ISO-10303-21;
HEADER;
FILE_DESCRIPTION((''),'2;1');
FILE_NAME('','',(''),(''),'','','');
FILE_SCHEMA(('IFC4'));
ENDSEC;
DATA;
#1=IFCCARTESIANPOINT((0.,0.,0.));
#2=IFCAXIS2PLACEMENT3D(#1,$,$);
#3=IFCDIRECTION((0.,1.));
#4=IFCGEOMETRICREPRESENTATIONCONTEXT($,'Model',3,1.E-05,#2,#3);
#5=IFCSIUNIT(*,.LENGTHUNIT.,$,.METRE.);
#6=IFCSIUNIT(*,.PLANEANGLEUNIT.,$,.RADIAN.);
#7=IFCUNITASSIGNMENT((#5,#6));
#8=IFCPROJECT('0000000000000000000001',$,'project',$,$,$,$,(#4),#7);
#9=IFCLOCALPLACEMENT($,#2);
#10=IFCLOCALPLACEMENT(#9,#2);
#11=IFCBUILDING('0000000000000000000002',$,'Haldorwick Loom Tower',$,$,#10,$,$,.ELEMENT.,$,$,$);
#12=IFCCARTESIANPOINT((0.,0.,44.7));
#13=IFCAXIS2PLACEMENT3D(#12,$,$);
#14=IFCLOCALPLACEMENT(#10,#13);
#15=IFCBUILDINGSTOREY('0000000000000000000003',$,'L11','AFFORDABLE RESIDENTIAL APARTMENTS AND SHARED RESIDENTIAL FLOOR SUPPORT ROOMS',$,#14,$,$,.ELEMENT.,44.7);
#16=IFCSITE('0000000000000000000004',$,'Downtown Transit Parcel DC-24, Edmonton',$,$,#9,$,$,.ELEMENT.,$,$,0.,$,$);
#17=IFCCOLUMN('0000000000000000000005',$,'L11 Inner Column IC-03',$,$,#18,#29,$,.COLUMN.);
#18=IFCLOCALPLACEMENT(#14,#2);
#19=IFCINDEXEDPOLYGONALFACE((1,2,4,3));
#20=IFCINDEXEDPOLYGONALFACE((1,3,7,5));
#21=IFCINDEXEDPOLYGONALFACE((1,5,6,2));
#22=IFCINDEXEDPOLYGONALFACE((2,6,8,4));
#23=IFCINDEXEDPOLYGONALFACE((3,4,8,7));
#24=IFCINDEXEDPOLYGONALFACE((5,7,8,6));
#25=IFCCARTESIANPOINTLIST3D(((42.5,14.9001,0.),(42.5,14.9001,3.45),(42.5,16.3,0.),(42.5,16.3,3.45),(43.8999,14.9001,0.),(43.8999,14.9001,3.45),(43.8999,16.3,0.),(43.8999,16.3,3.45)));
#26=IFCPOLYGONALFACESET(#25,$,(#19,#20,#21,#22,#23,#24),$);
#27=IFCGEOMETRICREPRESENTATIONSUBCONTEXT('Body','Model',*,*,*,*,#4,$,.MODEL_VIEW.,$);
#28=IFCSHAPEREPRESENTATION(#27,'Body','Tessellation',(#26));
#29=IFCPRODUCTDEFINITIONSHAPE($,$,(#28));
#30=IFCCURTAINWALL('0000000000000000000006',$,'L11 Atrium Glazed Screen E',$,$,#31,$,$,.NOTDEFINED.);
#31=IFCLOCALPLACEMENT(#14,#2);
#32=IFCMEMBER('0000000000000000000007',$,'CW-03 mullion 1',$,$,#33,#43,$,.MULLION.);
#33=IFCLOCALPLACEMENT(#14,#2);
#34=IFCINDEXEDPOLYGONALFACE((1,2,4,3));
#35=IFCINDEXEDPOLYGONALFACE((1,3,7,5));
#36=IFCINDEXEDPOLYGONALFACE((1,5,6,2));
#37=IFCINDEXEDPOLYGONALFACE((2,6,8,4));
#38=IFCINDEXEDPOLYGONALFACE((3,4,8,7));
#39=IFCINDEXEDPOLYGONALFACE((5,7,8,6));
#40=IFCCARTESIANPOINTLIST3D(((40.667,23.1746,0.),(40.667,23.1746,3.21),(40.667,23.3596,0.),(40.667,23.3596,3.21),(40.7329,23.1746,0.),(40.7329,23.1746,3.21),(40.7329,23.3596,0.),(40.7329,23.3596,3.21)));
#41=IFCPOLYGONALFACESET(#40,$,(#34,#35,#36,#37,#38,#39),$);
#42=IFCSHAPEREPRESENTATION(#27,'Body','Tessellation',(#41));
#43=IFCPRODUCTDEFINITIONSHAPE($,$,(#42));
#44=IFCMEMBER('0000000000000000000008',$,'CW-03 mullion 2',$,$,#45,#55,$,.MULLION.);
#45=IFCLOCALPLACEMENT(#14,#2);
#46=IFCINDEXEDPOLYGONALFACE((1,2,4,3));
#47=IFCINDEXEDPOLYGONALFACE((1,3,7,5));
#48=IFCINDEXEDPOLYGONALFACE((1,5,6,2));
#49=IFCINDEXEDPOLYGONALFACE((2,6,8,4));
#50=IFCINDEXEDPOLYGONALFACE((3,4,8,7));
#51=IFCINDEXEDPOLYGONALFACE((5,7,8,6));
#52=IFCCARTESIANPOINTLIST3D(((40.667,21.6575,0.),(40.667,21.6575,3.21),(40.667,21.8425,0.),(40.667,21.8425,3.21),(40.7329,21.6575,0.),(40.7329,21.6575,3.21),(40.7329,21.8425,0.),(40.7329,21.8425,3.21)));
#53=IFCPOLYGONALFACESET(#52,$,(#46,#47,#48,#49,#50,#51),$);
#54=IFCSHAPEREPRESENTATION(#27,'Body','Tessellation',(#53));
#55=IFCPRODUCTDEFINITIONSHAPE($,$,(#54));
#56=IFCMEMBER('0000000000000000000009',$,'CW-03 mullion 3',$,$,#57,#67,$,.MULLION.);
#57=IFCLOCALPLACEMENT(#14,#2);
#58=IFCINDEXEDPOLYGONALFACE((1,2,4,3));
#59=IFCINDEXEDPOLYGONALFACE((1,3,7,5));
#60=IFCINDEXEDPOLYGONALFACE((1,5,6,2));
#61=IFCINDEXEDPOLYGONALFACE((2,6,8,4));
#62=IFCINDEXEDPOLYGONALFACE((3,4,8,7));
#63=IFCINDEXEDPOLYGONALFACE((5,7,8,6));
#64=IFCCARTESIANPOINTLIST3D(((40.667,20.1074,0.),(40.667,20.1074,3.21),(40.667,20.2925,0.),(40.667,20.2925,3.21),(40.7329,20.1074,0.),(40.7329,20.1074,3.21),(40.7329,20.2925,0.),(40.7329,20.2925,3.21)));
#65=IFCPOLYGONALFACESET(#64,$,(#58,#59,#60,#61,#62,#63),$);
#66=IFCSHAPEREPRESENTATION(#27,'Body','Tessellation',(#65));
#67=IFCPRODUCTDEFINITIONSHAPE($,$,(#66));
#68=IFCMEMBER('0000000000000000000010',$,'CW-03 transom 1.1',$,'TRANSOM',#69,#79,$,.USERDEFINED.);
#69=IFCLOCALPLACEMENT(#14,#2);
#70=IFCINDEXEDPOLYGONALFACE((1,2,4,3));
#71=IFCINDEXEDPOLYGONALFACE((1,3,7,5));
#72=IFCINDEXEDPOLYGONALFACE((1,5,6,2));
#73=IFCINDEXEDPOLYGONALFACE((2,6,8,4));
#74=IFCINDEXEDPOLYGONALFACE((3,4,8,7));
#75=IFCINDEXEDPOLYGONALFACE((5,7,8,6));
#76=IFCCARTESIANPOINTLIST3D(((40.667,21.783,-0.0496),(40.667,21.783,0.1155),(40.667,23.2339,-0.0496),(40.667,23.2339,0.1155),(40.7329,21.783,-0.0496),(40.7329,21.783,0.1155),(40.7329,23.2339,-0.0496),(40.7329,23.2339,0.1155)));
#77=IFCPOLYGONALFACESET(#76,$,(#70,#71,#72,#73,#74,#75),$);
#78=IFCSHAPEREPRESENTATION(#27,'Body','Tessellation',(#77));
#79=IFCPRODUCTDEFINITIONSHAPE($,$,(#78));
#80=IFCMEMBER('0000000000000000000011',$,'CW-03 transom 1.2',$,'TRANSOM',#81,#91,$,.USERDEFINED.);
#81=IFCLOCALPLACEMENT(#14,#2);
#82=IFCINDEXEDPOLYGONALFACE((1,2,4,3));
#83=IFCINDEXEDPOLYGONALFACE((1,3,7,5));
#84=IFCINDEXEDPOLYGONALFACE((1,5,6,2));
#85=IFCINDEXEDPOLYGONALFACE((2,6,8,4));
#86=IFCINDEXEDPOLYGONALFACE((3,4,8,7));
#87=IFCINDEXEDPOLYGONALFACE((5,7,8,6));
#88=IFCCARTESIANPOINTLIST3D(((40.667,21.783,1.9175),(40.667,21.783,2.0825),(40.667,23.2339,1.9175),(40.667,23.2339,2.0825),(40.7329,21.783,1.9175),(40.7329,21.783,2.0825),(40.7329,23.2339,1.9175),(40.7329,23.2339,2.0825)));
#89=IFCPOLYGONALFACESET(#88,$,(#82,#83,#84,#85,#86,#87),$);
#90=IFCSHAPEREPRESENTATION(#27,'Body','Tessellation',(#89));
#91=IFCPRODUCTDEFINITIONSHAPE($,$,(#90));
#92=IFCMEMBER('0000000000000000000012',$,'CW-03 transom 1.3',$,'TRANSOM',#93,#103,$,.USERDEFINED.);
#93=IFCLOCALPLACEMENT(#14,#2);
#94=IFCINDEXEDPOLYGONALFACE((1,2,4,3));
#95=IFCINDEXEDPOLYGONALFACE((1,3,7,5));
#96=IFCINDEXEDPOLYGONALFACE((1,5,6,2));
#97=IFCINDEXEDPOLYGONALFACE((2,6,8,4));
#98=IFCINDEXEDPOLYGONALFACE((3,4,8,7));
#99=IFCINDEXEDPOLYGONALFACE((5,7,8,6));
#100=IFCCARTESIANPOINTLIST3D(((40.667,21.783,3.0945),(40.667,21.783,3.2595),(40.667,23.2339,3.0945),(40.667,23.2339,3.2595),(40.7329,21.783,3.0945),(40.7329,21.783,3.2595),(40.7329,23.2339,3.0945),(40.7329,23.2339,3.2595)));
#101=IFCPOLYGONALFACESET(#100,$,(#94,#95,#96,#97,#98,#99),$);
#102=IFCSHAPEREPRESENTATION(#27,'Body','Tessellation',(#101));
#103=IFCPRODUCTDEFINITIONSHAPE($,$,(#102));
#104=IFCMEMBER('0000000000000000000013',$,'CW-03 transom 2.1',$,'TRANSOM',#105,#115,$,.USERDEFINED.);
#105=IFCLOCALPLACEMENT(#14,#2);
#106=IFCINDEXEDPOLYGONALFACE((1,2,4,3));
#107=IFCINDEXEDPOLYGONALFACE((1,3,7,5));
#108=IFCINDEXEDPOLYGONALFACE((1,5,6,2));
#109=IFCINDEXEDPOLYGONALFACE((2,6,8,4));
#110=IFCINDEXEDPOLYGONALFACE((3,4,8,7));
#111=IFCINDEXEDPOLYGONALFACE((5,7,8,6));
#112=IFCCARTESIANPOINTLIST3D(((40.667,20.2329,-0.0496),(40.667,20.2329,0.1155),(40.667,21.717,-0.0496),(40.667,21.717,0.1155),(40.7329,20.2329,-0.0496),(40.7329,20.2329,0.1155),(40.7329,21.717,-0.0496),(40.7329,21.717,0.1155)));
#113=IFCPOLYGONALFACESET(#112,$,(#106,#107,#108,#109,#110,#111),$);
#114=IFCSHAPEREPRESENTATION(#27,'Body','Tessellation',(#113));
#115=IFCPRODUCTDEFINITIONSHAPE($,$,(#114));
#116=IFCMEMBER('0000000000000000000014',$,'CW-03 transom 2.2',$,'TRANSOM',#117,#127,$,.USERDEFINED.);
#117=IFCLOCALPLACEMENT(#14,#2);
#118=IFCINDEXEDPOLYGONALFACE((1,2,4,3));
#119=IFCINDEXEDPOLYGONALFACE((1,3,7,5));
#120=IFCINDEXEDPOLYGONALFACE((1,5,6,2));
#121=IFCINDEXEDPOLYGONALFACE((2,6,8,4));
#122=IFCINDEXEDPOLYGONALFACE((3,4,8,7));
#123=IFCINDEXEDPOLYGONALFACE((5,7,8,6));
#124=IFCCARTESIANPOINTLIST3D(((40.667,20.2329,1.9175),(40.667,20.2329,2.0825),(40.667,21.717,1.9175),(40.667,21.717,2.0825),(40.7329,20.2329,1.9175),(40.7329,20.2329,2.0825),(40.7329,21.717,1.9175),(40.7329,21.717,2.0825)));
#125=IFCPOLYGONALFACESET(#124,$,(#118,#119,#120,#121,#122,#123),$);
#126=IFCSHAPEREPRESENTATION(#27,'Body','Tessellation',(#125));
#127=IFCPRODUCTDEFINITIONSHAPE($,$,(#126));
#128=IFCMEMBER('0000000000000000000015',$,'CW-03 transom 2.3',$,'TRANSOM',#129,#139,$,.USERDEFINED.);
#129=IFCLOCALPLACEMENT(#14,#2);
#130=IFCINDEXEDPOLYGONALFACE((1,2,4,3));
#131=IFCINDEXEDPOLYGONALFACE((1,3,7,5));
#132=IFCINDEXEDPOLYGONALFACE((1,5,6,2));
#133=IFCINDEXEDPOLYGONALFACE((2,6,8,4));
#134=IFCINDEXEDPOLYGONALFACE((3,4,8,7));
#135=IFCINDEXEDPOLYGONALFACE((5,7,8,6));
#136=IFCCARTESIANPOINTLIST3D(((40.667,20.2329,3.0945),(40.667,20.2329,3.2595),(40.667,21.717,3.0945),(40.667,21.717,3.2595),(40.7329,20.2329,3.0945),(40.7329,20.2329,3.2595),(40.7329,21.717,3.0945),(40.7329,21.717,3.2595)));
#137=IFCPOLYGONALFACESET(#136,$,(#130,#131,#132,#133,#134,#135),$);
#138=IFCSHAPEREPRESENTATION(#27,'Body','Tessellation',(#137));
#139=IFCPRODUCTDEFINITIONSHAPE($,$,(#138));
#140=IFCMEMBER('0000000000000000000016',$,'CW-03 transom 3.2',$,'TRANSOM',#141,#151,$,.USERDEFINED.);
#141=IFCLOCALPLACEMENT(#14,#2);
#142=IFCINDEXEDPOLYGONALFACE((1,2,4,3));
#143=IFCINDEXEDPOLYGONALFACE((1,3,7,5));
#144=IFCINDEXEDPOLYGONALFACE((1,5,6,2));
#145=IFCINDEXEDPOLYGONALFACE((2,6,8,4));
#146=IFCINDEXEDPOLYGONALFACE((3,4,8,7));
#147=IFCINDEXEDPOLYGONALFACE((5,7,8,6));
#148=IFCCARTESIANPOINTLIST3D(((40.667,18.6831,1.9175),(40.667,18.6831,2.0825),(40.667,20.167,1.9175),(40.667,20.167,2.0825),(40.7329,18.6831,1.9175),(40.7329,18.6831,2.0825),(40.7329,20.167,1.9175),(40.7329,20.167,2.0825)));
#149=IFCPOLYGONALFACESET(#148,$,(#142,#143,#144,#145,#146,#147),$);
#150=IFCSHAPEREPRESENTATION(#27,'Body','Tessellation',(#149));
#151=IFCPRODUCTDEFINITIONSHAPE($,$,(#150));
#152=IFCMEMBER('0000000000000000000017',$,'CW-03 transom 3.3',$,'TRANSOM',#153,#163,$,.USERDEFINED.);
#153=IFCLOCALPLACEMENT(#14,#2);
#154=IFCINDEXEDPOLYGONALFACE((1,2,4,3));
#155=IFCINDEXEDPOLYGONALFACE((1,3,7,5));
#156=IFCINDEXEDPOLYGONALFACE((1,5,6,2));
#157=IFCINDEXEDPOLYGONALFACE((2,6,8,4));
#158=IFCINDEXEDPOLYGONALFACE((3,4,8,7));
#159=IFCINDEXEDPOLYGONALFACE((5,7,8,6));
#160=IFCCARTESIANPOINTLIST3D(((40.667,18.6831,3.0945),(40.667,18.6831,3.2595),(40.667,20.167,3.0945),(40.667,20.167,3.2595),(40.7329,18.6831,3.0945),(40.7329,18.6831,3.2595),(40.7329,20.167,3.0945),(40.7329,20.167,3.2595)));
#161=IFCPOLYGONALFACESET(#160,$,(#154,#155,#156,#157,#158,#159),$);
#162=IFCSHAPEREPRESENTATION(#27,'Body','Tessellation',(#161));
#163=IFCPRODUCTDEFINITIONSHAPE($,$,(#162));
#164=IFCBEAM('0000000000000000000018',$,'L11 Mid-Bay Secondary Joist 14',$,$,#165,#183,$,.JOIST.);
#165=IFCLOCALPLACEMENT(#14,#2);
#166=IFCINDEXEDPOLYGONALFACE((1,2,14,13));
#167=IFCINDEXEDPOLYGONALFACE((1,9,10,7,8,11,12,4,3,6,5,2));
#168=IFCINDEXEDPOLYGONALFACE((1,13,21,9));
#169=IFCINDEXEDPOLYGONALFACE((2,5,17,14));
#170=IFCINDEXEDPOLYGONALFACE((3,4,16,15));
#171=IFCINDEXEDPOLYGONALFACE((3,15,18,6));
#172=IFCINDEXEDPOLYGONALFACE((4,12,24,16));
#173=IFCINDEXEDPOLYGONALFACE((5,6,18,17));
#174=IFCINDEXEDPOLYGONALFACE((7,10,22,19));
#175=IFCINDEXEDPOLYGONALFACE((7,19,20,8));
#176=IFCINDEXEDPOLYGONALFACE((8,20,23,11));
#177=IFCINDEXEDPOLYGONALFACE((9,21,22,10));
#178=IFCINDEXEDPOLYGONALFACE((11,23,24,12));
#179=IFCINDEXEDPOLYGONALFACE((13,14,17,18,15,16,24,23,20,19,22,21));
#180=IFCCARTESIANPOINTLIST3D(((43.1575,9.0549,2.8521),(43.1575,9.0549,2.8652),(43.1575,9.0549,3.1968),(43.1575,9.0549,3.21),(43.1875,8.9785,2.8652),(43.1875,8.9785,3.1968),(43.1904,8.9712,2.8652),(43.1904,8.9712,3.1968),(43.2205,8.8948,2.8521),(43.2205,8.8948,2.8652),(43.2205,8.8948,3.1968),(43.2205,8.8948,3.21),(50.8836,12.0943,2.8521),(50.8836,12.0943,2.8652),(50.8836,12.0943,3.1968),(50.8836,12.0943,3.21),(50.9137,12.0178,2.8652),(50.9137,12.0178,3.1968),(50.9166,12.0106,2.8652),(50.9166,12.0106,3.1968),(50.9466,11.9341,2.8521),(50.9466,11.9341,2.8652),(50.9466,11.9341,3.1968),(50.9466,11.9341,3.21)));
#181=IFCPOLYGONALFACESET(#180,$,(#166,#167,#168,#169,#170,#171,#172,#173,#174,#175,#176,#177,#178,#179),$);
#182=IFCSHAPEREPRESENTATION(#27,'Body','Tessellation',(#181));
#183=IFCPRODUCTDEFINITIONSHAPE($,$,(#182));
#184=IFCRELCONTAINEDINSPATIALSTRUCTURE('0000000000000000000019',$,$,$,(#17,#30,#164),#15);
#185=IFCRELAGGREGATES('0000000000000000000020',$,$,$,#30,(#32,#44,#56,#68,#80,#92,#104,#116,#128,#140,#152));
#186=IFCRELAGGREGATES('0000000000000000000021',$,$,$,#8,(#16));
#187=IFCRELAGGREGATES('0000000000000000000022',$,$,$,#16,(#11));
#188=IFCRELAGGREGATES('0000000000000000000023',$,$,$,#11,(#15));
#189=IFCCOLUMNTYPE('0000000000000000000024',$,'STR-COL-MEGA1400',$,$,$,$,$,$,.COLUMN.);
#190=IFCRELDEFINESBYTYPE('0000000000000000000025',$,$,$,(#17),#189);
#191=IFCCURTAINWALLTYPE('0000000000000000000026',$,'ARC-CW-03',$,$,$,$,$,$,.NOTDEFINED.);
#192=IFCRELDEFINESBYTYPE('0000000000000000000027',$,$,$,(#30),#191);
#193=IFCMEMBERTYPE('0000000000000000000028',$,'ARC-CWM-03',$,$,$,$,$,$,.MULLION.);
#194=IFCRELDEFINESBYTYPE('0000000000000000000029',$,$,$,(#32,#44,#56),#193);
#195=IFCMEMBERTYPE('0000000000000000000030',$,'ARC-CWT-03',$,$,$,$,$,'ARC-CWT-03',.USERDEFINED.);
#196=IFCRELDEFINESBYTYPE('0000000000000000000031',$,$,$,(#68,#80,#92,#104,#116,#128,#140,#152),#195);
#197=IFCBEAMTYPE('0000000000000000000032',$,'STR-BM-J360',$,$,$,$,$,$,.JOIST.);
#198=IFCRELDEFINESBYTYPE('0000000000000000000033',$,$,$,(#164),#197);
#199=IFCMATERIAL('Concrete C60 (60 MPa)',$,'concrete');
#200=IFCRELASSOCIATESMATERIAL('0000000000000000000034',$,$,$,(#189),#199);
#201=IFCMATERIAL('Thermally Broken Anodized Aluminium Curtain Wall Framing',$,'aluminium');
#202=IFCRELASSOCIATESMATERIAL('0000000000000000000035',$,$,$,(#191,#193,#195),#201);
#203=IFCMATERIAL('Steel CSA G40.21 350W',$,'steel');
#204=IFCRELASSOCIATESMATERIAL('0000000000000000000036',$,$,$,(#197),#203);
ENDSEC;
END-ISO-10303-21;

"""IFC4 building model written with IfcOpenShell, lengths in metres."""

from ifc_helpers import new_model, si_unit, direction, frame, origin, origin_2d, place, context, subcontext, project, spatial, rectangle, i_section, extrude, material, material_profile, profile_set, type_object, element, aggregate, save


model = new_model("IFC4")

# Units and contexts
model_context = context("Model", 3, precision=1e-05, world=origin(), true_north=direction((0.0, 1.0)))
body_context = subcontext(model_context, "Body", "Model", "MODEL_VIEW")
ifc_project = project(units=[si_unit("LENGTHUNIT", "METRE"), si_unit("PLANEANGLEUNIT", "RADIAN")], contexts=[model_context])

# Site, building, storey
site_placement = place(None, origin())
site = spatial("IfcSite", under=ifc_project, at=site_placement, Name="Downtown Transit Parcel DC-24, Edmonton", CompositionType="ELEMENT", RefElevation=0.0)
building_placement = place(site_placement, origin())
building = spatial("IfcBuilding", under=site, at=building_placement, Name="Haldorwick Loom Tower", CompositionType="ELEMENT")
storey_placement = place(building_placement, frame((0.0, 0.0, 44.7)))
storey = spatial("IfcBuildingStorey", under=building, at=storey_placement, Name="L11", Description="AFFORDABLE RESIDENTIAL APARTMENTS AND SHARED RESIDENTIAL FLOOR SUPPORT ROOMS", CompositionType="ELEMENT", Elevation=44.7)

# Column
ifc_material_1 = material(Name="Concrete C60 (60 MPa)", Category="concrete")
ifc_material_profile_1 = material_profile(ifc_material_1, rectangle(XDim=1.3999, YDim=1.3999, at=origin_2d()), Name="RC1400X1400", Category="concrete")
ifc_profile_set_1 = profile_set([ifc_material_profile_1], Name="Concrete C60 (60 MPa)")
column_type = type_object("IfcColumnType", Name="STR-COL-MEGA1400", PredefinedType="COLUMN", material=ifc_profile_set_1)
column_placement = place(storey_placement, frame((43.2, 15.6001, 0.0), z_axis=(0.0, 0.0, 1.0), x_axis=(1.0, 0.0, 0.0)))
element("IfcColumn", 1, at=column_placement, inside=storey, type_object=column_type, Name="L11 Inner Column IC-03", PredefinedType="COLUMN", context=body_context, shape_type="SweptSolid", body=[
    extrude(rectangle(XDim=1.3999, YDim=1.3999, at=origin_2d()), origin(), (0.0, 0.0, 1.0), 3.45),
])

# Curtain wall, members
ifc_material_2 = material(Name="Thermally Broken Anodized Aluminium Curtain Wall Framing", Category="aluminium")
curtain_wall_type = type_object("IfcCurtainWallType", Name="ARC-CW-03", PredefinedType="NOTDEFINED", material=ifc_material_2)
curtain_wall_placement = place(storey_placement, origin())
curtain_wall = element("IfcCurtainWall", 2, at=curtain_wall_placement, inside=storey, type_object=curtain_wall_type, Name="L11 Atrium Glazed Screen E", PredefinedType="NOTDEFINED")
ifc_material_profile_2 = material_profile(ifc_material_2, rectangle(XDim=0.0659, YDim=0.1851, at=origin_2d()), Name="ALU_MUL_66X185", Category="aluminium")
ifc_profile_set_2 = profile_set([ifc_material_profile_2], Name="Thermally Broken Anodized Aluminium Curtain Wall Framing")
member_type_1 = type_object("IfcMemberType", Name="ARC-CWM-03", PredefinedType="MULLION", material=ifc_profile_set_2)
member_1_placement = place(storey_placement, frame((40.7, 23.2671, 0.0), z_axis=(0.0, 0.0, 1.0), x_axis=(1.0, 0.0, 0.0)))
member_1 = element("IfcMember", 3, at=member_1_placement, type_object=member_type_1, Name="CW-03 mullion 1", PredefinedType="MULLION", context=body_context, shape_type="SweptSolid", body=[
    extrude(rectangle(XDim=0.0659, YDim=0.1851, at=origin_2d()), origin(), (0.0, 0.0, 1.0), 3.21),
])
member_2_placement = place(storey_placement, frame((40.7, 21.75, 0.0), z_axis=(0.0, 0.0, 1.0), x_axis=(1.0, 0.0, 0.0)))
member_2 = element("IfcMember", 4, at=member_2_placement, type_object=member_type_1, Name="CW-03 mullion 2", PredefinedType="MULLION", context=body_context, shape_type="SweptSolid", body=[
    extrude(rectangle(XDim=0.0659, YDim=0.1851, at=origin_2d()), origin(), (0.0, 0.0, 1.0), 3.21),
])
member_3_placement = place(storey_placement, frame((40.7, 20.2, 0.0), z_axis=(0.0, 0.0, 1.0), x_axis=(1.0, 0.0, 0.0)))
member_3 = element("IfcMember", 5, at=member_3_placement, type_object=member_type_1, Name="CW-03 mullion 3", PredefinedType="MULLION", context=body_context, shape_type="SweptSolid", body=[
    extrude(rectangle(XDim=0.0659, YDim=0.1851, at=origin_2d()), origin(), (0.0, 0.0, 1.0), 3.21),
])
ifc_material_profile_3 = material_profile(ifc_material_2, rectangle(XDim=0.0659, YDim=0.165, at=origin_2d()), Name="ALU_TRN_66X165", Category="aluminium")
ifc_profile_set_3 = profile_set([ifc_material_profile_3], Name="Thermally Broken Anodized Aluminium Curtain Wall Framing")
member_type_2 = type_object("IfcMemberType", Name="ARC-CWT-03", ElementType="ARC-CWT-03", PredefinedType="USERDEFINED", material=ifc_profile_set_3)
member_4_placement = place(storey_placement, frame((40.7, 23.2339, 0.033), z_axis=(0.0, -1.0, 0.0), x_axis=(1.0, 0.0, 0.0)))
member_4 = element("IfcMember", 6, at=member_4_placement, type_object=member_type_2, Name="CW-03 transom 1.1", ObjectType="TRANSOM", PredefinedType="USERDEFINED", context=body_context, shape_type="SweptSolid", body=[
    extrude(rectangle(XDim=0.0659, YDim=0.165, at=origin_2d()), origin(), (0.0, 0.0, 1.0), 1.4509),
])
member_5_placement = place(storey_placement, frame((40.7, 23.2339, 2.0), z_axis=(0.0, -1.0, 0.0), x_axis=(1.0, 0.0, 0.0)))
member_5 = element("IfcMember", 7, at=member_5_placement, type_object=member_type_2, Name="CW-03 transom 1.2", ObjectType="TRANSOM", PredefinedType="USERDEFINED", context=body_context, shape_type="SweptSolid", body=[
    extrude(rectangle(XDim=0.0659, YDim=0.165, at=origin_2d()), origin(), (0.0, 0.0, 1.0), 1.4509),
])
member_6_placement = place(storey_placement, frame((40.7, 23.2339, 3.177), z_axis=(0.0, -1.0, 0.0), x_axis=(1.0, 0.0, 0.0)))
member_6 = element("IfcMember", 8, at=member_6_placement, type_object=member_type_2, Name="CW-03 transom 1.3", ObjectType="TRANSOM", PredefinedType="USERDEFINED", context=body_context, shape_type="SweptSolid", body=[
    extrude(rectangle(XDim=0.0659, YDim=0.165, at=origin_2d()), origin(), (0.0, 0.0, 1.0), 1.4509),
])
member_7_placement = place(storey_placement, frame((40.7, 21.717, 0.033), z_axis=(0.0, -1.0, 0.0), x_axis=(1.0, 0.0, 0.0)))
member_7 = element("IfcMember", 9, at=member_7_placement, type_object=member_type_2, Name="CW-03 transom 2.1", ObjectType="TRANSOM", PredefinedType="USERDEFINED", context=body_context, shape_type="SweptSolid", body=[
    extrude(rectangle(XDim=0.0659, YDim=0.165, at=origin_2d()), origin(), (0.0, 0.0, 1.0), 1.4841),
])
member_8_placement = place(storey_placement, frame((40.7, 21.717, 2.0), z_axis=(0.0, -1.0, 0.0), x_axis=(1.0, 0.0, 0.0)))
member_8 = element("IfcMember", 10, at=member_8_placement, type_object=member_type_2, Name="CW-03 transom 2.2", ObjectType="TRANSOM", PredefinedType="USERDEFINED", context=body_context, shape_type="SweptSolid", body=[
    extrude(rectangle(XDim=0.0659, YDim=0.165, at=origin_2d()), origin(), (0.0, 0.0, 1.0), 1.4841),
])
member_9_placement = place(storey_placement, frame((40.7, 21.717, 3.177), z_axis=(0.0, -1.0, 0.0), x_axis=(1.0, 0.0, 0.0)))
member_9 = element("IfcMember", 11, at=member_9_placement, type_object=member_type_2, Name="CW-03 transom 2.3", ObjectType="TRANSOM", PredefinedType="USERDEFINED", context=body_context, shape_type="SweptSolid", body=[
    extrude(rectangle(XDim=0.0659, YDim=0.165, at=origin_2d()), origin(), (0.0, 0.0, 1.0), 1.4841),
])
member_10_placement = place(storey_placement, frame((40.7, 20.167, 2.0), z_axis=(0.0, -1.0, 0.0), x_axis=(1.0, 0.0, 0.0)))
member_10 = element("IfcMember", 12, at=member_10_placement, type_object=member_type_2, Name="CW-03 transom 3.2", ObjectType="TRANSOM", PredefinedType="USERDEFINED", context=body_context, shape_type="SweptSolid", body=[
    extrude(rectangle(XDim=0.0659, YDim=0.165, at=origin_2d()), origin(), (0.0, 0.0, 1.0), 1.4839),
])
member_11_placement = place(storey_placement, frame((40.7, 20.167, 3.177), z_axis=(0.0, -1.0, 0.0), x_axis=(1.0, 0.0, 0.0)))
member_11 = element("IfcMember", 13, at=member_11_placement, type_object=member_type_2, Name="CW-03 transom 3.3", ObjectType="TRANSOM", PredefinedType="USERDEFINED", context=body_context, shape_type="SweptSolid", body=[
    extrude(rectangle(XDim=0.0659, YDim=0.165, at=origin_2d()), origin(), (0.0, 0.0, 1.0), 1.4839),
])

# Beam
ifc_material_3 = material(Name="Steel CSA G40.21 350W", Category="steel")
ifc_material_profile_4 = material_profile(ifc_material_3, i_section(OverallWidth=0.1721, OverallDepth=0.3579, WebThickness=0.0078, FlangeThickness=0.0132, at=origin_2d()), Name="W360X57", Category="steel")
ifc_profile_set_4 = profile_set([ifc_material_profile_4], Name="Steel CSA G40.21 350W")
beam_type_1 = type_object("IfcBeamType", Name="STR-BM-J360", PredefinedType="JOIST", material=ifc_profile_set_4)
beam_1_placement = place(storey_placement, frame((43.189, 8.9749, 3.031), z_axis=(0.930585, 0.366076, 0.0), x_axis=(-0.366076, 0.930585, 0.0)))
element("IfcBeam", 14, at=beam_1_placement, inside=storey, type_object=beam_type_1, Name="L11 Mid-Bay Secondary Joist 14", PredefinedType="JOIST", context=body_context, shape_type="SweptSolid", body=[
    extrude(i_section(OverallWidth=0.1721, OverallDepth=0.3579, WebThickness=0.0078, FlangeThickness=0.0132, at=origin_2d()), origin(), (0.0, 0.0, 1.0), 8.3025),
])

aggregate(curtain_wall, [member_1, member_2, member_3, member_4, member_5, member_6, member_7, member_8, member_9, member_10, member_11])

save(model, "model.ifc")
